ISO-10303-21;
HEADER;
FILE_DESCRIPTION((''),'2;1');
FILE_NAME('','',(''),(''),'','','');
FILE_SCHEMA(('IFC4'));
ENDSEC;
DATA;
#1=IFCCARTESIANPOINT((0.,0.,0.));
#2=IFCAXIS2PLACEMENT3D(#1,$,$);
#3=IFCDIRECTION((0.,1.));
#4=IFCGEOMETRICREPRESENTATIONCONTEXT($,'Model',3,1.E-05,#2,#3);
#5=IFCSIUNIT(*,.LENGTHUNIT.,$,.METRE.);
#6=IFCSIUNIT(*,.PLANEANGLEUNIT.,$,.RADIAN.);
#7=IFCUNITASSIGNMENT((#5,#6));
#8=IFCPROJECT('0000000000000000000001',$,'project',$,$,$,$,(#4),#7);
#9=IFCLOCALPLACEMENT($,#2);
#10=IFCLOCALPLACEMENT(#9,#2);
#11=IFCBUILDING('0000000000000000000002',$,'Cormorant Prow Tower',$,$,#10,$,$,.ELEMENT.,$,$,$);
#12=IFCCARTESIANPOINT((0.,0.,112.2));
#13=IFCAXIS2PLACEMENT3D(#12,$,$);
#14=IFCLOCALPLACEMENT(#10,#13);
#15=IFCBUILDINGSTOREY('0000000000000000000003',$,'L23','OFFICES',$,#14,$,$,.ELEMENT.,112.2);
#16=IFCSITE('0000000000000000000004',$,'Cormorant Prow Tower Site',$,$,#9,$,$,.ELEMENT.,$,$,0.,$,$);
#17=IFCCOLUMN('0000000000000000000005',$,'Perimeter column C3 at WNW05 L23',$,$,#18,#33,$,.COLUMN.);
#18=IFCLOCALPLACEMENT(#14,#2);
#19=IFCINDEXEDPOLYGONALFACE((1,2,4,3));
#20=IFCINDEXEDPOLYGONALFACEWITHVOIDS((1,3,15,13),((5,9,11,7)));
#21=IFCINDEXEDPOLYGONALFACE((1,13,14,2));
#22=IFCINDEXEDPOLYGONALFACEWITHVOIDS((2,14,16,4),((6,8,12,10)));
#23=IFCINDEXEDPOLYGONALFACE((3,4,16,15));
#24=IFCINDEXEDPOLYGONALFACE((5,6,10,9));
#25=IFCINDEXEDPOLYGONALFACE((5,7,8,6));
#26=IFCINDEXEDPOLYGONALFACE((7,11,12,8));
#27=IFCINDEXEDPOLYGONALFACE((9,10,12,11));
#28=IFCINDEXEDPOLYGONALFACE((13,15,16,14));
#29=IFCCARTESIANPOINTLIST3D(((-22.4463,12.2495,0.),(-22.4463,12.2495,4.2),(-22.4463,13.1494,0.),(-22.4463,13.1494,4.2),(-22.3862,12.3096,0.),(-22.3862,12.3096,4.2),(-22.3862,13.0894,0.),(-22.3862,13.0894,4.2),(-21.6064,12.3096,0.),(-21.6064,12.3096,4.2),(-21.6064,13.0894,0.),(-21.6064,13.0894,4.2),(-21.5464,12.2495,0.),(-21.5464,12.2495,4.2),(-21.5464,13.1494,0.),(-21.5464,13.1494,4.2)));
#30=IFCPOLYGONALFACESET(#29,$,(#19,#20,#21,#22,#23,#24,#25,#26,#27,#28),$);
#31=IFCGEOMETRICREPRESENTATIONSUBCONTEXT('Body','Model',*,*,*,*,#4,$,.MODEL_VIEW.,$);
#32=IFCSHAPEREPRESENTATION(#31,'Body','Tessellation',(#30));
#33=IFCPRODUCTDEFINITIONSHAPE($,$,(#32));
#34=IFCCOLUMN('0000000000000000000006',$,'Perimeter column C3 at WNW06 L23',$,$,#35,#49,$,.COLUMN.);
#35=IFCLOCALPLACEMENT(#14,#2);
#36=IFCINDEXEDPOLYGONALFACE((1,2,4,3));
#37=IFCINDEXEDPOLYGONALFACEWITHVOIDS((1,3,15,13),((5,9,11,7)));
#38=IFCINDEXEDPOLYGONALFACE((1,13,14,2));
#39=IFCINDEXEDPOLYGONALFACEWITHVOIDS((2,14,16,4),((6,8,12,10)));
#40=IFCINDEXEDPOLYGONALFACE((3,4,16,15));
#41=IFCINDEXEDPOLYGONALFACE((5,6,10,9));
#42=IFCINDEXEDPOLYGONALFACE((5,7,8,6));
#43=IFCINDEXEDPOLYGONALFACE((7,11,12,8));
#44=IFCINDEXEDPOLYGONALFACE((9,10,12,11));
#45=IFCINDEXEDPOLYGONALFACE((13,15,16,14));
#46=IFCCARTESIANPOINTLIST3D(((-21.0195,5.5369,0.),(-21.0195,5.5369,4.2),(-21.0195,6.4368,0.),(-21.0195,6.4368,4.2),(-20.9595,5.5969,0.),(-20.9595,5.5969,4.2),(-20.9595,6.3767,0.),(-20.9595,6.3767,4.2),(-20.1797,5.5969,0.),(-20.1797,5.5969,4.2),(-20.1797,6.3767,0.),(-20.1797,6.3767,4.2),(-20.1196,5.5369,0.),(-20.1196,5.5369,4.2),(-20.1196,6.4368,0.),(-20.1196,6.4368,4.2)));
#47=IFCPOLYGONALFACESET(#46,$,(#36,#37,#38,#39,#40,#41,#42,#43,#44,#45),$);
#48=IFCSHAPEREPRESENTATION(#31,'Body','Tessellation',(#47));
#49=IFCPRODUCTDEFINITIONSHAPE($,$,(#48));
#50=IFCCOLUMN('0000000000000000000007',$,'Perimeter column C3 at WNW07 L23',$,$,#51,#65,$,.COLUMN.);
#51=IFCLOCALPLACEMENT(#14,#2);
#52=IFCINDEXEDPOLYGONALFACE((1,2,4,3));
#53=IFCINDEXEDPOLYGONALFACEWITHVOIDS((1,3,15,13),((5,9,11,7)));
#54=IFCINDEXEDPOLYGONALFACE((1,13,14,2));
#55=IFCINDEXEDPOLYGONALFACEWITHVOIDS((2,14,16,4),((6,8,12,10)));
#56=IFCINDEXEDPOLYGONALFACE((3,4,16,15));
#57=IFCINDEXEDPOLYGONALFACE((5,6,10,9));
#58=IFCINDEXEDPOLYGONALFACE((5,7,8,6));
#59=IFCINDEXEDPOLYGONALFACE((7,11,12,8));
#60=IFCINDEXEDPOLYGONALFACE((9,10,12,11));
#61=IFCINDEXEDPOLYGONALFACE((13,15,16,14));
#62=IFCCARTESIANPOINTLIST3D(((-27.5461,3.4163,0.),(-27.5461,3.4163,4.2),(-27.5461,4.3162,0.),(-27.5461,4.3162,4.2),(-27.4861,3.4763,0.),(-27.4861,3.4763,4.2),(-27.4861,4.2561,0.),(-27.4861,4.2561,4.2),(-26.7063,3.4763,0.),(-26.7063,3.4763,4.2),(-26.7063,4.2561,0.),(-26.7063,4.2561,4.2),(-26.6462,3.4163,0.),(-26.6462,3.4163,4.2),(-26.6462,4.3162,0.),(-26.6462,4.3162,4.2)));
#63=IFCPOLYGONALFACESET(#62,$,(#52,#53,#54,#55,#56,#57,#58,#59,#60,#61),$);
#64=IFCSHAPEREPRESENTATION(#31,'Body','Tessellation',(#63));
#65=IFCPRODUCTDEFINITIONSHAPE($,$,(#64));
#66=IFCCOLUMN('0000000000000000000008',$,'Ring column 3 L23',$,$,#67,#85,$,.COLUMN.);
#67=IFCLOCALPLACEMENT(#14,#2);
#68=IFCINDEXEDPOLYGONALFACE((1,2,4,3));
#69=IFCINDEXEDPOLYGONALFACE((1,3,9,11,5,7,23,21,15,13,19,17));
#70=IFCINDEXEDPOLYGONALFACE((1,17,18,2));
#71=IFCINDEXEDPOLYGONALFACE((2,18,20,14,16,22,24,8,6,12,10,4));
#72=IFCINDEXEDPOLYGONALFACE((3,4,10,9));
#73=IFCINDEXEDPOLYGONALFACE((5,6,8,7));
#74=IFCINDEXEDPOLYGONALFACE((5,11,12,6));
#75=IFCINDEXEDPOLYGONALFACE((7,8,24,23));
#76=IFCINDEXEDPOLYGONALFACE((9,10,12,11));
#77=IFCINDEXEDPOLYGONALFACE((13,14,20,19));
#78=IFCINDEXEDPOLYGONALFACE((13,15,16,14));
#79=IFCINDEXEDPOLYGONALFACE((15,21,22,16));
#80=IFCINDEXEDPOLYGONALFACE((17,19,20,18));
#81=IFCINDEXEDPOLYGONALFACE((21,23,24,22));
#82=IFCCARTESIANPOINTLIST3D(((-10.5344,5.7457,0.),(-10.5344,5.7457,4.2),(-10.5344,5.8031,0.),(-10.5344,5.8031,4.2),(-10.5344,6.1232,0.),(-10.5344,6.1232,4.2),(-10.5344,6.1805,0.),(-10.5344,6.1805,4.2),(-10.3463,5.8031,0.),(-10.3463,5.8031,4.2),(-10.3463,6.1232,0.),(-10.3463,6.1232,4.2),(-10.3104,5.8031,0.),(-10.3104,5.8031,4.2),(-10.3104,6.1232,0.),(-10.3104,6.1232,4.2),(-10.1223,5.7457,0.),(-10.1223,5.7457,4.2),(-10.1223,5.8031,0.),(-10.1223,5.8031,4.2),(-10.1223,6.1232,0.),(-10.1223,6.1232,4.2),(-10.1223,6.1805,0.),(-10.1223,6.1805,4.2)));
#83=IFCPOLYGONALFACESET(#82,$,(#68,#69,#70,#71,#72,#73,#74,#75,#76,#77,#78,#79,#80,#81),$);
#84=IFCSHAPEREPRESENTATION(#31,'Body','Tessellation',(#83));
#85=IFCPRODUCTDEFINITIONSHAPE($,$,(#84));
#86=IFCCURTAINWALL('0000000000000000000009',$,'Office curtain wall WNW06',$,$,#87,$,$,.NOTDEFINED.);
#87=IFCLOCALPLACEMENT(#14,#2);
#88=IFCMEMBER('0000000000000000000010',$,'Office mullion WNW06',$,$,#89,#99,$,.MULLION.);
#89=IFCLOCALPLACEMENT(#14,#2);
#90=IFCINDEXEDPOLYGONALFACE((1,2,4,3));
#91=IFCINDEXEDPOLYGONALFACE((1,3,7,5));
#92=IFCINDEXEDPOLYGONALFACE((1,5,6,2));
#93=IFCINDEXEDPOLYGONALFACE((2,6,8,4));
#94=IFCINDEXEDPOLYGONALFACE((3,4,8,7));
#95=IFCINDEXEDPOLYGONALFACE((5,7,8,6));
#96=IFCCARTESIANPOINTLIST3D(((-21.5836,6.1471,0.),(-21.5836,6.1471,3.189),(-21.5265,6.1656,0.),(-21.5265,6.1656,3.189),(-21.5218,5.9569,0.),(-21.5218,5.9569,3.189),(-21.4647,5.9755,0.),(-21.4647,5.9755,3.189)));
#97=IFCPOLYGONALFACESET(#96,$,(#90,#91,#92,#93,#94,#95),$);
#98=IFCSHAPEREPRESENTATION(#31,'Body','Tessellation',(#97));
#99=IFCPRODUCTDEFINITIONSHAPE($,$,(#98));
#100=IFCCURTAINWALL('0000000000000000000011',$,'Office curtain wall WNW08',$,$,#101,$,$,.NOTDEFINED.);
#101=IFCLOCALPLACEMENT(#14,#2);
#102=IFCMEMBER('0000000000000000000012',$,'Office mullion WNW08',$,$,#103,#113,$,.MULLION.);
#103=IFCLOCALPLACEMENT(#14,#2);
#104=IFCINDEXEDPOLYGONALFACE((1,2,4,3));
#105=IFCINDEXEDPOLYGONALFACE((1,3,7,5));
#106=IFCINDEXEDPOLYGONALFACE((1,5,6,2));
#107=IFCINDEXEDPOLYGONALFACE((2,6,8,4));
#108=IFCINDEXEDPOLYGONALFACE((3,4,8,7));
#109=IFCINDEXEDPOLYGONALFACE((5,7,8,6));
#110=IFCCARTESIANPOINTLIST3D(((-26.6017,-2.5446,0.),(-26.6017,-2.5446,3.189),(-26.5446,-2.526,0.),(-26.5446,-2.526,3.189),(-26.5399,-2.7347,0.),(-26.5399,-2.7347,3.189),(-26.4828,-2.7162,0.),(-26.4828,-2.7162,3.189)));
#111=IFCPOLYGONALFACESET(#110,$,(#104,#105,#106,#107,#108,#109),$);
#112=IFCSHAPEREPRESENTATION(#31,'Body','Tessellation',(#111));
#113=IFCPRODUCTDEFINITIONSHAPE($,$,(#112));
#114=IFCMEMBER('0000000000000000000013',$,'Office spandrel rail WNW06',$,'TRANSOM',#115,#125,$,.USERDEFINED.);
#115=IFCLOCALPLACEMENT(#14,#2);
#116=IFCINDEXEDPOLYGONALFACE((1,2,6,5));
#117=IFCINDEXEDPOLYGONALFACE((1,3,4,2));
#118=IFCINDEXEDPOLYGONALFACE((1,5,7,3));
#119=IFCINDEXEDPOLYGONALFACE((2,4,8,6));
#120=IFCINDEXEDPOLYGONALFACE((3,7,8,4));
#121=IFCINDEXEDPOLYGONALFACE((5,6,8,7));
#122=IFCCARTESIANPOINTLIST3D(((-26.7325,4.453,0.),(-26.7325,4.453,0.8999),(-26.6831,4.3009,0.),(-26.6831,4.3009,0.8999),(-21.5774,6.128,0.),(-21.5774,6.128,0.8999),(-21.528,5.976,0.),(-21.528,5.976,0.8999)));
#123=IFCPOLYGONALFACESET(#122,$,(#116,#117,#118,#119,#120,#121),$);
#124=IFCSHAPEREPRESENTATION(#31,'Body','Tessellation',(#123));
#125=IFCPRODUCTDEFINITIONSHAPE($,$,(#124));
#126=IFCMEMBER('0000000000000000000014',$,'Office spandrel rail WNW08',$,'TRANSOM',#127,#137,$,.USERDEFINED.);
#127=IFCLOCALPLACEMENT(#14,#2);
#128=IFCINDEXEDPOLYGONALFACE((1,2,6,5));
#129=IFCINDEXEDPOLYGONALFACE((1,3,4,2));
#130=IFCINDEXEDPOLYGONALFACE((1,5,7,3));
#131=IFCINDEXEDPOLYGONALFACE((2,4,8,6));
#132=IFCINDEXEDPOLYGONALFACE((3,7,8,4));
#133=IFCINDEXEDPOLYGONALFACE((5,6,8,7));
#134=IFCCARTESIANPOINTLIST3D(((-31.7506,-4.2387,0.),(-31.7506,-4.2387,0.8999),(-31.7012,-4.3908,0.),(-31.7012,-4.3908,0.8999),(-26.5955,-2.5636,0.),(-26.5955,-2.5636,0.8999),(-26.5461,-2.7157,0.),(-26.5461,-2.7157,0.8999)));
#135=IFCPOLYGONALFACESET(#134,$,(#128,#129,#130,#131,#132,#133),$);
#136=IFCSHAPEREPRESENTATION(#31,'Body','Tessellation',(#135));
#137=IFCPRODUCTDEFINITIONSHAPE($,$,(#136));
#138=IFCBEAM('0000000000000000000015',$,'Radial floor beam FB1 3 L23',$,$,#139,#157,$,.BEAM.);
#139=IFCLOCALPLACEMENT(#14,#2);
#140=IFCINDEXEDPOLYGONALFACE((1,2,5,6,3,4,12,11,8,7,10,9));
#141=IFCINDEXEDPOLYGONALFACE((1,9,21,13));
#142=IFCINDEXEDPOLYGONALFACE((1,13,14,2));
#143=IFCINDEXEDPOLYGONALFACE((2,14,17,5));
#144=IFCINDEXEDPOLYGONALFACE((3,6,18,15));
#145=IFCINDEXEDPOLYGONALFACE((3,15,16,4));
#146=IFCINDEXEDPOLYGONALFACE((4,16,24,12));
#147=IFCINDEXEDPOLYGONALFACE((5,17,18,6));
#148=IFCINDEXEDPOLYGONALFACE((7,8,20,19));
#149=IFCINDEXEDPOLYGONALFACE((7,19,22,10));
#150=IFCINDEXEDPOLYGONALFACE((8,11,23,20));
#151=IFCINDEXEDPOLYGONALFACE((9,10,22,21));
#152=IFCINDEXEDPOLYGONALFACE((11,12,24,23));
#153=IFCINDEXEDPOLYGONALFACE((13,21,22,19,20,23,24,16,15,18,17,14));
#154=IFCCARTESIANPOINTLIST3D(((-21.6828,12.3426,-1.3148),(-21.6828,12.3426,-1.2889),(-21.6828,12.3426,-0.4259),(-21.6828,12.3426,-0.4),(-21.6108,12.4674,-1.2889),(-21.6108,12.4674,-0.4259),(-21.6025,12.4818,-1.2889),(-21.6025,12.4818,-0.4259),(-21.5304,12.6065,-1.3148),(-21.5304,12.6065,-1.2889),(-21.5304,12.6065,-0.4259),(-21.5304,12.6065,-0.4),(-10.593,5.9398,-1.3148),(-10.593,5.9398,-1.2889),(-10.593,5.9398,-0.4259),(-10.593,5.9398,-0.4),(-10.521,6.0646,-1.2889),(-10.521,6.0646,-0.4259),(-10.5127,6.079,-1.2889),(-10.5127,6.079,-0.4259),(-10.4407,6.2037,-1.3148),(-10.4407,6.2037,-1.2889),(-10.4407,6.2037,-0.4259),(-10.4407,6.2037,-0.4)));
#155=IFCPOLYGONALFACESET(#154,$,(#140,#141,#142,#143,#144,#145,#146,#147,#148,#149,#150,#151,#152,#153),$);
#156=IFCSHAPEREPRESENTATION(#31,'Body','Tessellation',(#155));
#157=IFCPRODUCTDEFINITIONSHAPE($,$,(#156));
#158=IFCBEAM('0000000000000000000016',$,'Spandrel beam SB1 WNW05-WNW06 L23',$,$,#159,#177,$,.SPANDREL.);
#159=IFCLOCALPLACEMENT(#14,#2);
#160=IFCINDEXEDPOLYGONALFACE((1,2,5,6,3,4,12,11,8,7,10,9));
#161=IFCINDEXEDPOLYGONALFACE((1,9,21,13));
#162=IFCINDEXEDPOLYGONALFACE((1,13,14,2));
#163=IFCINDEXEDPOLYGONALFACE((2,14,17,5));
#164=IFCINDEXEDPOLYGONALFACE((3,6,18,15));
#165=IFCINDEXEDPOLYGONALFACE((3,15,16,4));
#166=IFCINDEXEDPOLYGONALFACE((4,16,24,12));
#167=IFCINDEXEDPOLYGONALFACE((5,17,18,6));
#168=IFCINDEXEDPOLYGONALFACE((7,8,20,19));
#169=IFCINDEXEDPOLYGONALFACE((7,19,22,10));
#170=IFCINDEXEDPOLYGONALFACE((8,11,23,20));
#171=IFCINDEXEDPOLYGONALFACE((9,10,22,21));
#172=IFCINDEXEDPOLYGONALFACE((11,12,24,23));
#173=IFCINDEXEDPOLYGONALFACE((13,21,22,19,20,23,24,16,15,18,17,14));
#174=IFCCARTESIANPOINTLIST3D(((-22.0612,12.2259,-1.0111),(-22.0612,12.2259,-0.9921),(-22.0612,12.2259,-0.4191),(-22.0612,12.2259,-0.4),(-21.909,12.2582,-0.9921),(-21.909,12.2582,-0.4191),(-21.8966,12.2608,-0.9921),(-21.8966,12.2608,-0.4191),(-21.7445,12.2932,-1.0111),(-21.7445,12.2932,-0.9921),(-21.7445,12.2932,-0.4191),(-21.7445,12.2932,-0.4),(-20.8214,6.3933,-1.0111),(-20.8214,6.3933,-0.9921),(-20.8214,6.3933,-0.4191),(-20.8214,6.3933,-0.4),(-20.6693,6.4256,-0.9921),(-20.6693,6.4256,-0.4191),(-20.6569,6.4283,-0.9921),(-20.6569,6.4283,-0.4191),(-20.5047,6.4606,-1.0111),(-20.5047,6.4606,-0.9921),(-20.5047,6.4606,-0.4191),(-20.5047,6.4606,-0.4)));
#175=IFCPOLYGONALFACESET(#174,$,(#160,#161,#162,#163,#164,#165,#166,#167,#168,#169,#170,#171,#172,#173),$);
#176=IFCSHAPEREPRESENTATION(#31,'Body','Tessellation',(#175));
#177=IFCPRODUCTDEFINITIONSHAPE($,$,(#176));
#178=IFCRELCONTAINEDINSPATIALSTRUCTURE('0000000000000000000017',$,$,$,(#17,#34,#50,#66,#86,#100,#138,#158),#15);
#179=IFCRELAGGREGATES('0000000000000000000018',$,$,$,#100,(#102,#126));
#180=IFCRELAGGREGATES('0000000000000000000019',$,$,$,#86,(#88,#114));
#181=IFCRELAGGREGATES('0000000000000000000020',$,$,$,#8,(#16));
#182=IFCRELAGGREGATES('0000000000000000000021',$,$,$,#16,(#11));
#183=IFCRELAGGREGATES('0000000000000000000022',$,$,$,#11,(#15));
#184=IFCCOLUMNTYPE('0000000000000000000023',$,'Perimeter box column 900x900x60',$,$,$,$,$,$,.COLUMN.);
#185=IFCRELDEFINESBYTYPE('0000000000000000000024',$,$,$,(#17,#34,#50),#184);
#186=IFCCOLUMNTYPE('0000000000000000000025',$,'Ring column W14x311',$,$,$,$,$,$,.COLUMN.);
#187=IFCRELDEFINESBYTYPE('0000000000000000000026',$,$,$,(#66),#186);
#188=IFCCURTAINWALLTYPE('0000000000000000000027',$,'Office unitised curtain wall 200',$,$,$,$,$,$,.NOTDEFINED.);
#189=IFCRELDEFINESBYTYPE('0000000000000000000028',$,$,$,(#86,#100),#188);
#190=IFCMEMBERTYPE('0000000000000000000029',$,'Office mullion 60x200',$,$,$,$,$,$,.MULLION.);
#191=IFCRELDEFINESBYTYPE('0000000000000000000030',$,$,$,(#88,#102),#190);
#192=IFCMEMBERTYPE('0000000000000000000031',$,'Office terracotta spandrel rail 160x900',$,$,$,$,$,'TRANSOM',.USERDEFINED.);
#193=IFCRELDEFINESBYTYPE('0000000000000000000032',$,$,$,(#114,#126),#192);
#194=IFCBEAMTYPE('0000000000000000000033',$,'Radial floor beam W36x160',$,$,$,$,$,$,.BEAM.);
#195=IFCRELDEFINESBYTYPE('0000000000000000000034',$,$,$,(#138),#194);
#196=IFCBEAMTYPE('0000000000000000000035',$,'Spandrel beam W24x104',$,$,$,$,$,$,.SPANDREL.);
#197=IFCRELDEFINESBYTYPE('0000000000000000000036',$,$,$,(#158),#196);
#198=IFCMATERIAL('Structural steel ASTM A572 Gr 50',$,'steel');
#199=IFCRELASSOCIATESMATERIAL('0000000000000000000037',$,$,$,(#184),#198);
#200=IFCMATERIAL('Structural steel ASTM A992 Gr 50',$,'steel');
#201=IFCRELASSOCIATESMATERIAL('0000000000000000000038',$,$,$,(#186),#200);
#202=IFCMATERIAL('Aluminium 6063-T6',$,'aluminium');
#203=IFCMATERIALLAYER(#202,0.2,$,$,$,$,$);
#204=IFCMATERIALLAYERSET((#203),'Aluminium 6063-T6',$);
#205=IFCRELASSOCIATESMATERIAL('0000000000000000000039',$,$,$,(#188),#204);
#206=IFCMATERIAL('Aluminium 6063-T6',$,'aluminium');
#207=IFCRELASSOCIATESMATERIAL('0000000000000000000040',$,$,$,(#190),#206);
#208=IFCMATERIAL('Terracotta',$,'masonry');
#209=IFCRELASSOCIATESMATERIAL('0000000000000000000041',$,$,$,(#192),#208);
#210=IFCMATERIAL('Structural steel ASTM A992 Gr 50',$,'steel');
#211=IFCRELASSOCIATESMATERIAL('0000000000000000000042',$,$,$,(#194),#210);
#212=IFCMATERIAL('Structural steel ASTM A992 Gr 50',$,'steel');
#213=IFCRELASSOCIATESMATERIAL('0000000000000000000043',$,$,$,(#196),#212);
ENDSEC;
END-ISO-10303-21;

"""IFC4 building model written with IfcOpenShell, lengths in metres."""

from ifc_helpers import new_model, si_unit, direction, frame, origin, origin_2d, place, context, subcontext, project, spatial, rectangle, hollow_rectangle, i_section, extrude, material, layer, layer_set, material_profile, profile_set, type_object, element, aggregate, save


model = new_model("IFC4")

# Units and contexts
model_context = context("Model", 3, precision=1e-05, world=origin(), true_north=direction((0.0, 1.0)))
body_context = subcontext(model_context, "Body", "Model", "MODEL_VIEW")
ifc_project = project(units=[si_unit("LENGTHUNIT", "METRE"), si_unit("PLANEANGLEUNIT", "RADIAN")], contexts=[model_context])

# Site, building, storey
site_placement = place(None, origin())
site = spatial("IfcSite", under=ifc_project, at=site_placement, Name="Cormorant Prow Tower Site", CompositionType="ELEMENT", RefElevation=0.0)
building_placement = place(site_placement, origin())
building = spatial("IfcBuilding", under=site, at=building_placement, Name="Cormorant Prow Tower", CompositionType="ELEMENT")
storey_placement = place(building_placement, frame((0.0, 0.0, 112.2)))
storey = spatial("IfcBuildingStorey", under=building, at=storey_placement, Name="L23", Description="OFFICES", CompositionType="ELEMENT", Elevation=112.2)

# Columns
ifc_material_1 = material(Name="Structural steel ASTM A572 Gr 50", Category="steel")
ifc_material_profile_1 = material_profile(ifc_material_1, hollow_rectangle(XDim=0.8999, YDim=0.8999, WallThickness=0.0601, at=origin_2d()), Name="Box 900x900x60")
ifc_profile_set_1 = profile_set([ifc_material_profile_1], Name="Structural steel ASTM A572 Gr 50")
column_type_1 = type_object("IfcColumnType", Name="Perimeter box column 900x900x60", PredefinedType="COLUMN", material=ifc_profile_set_1)
for number, where, z_axis, x_axis, name in (
    (1, (-21.9963, 12.6995, 0.0), (0.0, 0.0, 1.0), (1.0, 0.0, 0.0), "Perimeter column C3 at WNW05 L23"),
    (2, (-20.5696, 5.9868, 0.0), (0.0, 0.0, 1.0), (1.0, 0.0, 0.0), "Perimeter column C3 at WNW06 L23"),
    (3, (-27.0962, 3.8662, 0.0), (0.0, 0.0, 1.0), (1.0, 0.0, 0.0), "Perimeter column C3 at WNW07 L23"),
):
    element("IfcColumn", number, at=place(storey_placement, frame(where, z_axis=z_axis, x_axis=x_axis)), inside=storey, type_object=column_type_1, Name=name, PredefinedType="COLUMN", context=body_context, shape_type="SweptSolid", body=[
        extrude(hollow_rectangle(XDim=0.8999, YDim=0.8999, WallThickness=0.0601, at=origin_2d()), origin(), (0.0, 0.0, 1.0), 4.2),
    ])
ifc_material_2 = material(Name="Structural steel ASTM A992 Gr 50", Category="steel")
ifc_material_profile_2 = material_profile(ifc_material_2, i_section(OverallWidth=0.4121, OverallDepth=0.4348, WebThickness=0.0359, FlangeThickness=0.0574, at=origin_2d()), Name="W14x311")
ifc_profile_set_2 = profile_set([ifc_material_profile_2], Name="Structural steel ASTM A992 Gr 50")
column_type_2 = type_object("IfcColumnType", Name="Ring column W14x311", PredefinedType="COLUMN", material=ifc_profile_set_2)
column_placement = place(storey_placement, frame((-10.3284, 5.9631, 0.0), z_axis=(0.0, 0.0, 1.0), x_axis=(1.0, 0.0, 0.0)))
element("IfcColumn", 4, at=column_placement, inside=storey, type_object=column_type_2, Name="Ring column 3 L23", PredefinedType="COLUMN", context=body_context, shape_type="SweptSolid", body=[
    extrude(i_section(OverallWidth=0.4121, OverallDepth=0.4348, WebThickness=0.0359, FlangeThickness=0.0574, at=origin_2d()), origin(), (0.0, 0.0, 1.0), 4.2),
])

# Curtain walls, members
ifc_material_3 = material(Name="Aluminium 6063-T6", Category="aluminium")
ifc_layer_1 = layer(ifc_material_3, 0.2)
ifc_layer_set_1 = layer_set([ifc_layer_1], Name="Aluminium 6063-T6")
curtain_wall_type = type_object("IfcCurtainWallType", Name="Office unitised curtain wall 200", PredefinedType="NOTDEFINED", material=ifc_layer_set_1)
curtain_wall_1_placement = place(storey_placement, origin())
curtain_wall_1 = element("IfcCurtainWall", 5, at=curtain_wall_1_placement, inside=storey, type_object=curtain_wall_type, Name="Office curtain wall WNW06", PredefinedType="NOTDEFINED")
ifc_material_4 = material(Name="Aluminium 6063-T6", Category="aluminium")
ifc_material_profile_3 = material_profile(ifc_material_4, rectangle(XDim=0.2, YDim=0.0601, at=origin_2d()), Name="Office mullion 60x200")
ifc_profile_set_3 = profile_set([ifc_material_profile_3], Name="Aluminium 6063-T6")
member_type_1 = type_object("IfcMemberType", Name="Office mullion 60x200", PredefinedType="MULLION", material=ifc_profile_set_3)
member_1_placement = place(storey_placement, frame((-21.5242, 6.0613, 0.0), z_axis=(0.0, 0.0, 1.0), x_axis=(0.309017, -0.951057, 0.0)))
member_1 = element("IfcMember", 6, at=member_1_placement, type_object=member_type_1, Name="Office mullion WNW06", PredefinedType="MULLION", context=body_context, shape_type="SweptSolid", body=[
    extrude(rectangle(XDim=0.2, YDim=0.0601, at=origin_2d()), origin(), (0.0, 0.0, 1.0), 3.189),
])
curtain_wall_2_placement = place(storey_placement, origin())
curtain_wall_2 = element("IfcCurtainWall", 7, at=curtain_wall_2_placement, inside=storey, type_object=curtain_wall_type, Name="Office curtain wall WNW08", PredefinedType="NOTDEFINED")
member_2_placement = place(storey_placement, frame((-26.5422, -2.6304, 0.0), z_axis=(0.0, 0.0, 1.0), x_axis=(0.309017, -0.951057, 0.0)))
member_2 = element("IfcMember", 8, at=member_2_placement, type_object=member_type_1, Name="Office mullion WNW08", PredefinedType="MULLION", context=body_context, shape_type="SweptSolid", body=[
    extrude(rectangle(XDim=0.2, YDim=0.0601, at=origin_2d()), origin(), (0.0, 0.0, 1.0), 3.189),
])

# Members
ifc_material_5 = material(Name="Terracotta", Category="masonry")
ifc_material_profile_4 = material_profile(ifc_material_5, rectangle(XDim=0.1599, YDim=0.8999, at=origin_2d()), Name="Office terracotta spandrel rail 160x900")
ifc_profile_set_4 = profile_set([ifc_material_profile_4], Name="Terracotta")
member_type_2 = type_object("IfcMemberType", Name="Office terracotta spandrel rail 160x900", ElementType="TRANSOM", PredefinedType="USERDEFINED", material=ifc_profile_set_4)
member_3_placement = place(storey_placement, frame((-21.5527, 6.052, 0.45), z_axis=(-0.951052, -0.30903, 0.0), x_axis=(0.30903, -0.951052, 0.0)))
member_3 = element("IfcMember", 9, at=member_3_placement, type_object=member_type_2, Name="Office spandrel rail WNW06", ObjectType="TRANSOM", PredefinedType="USERDEFINED", context=body_context, shape_type="SweptSolid", body=[
    extrude(rectangle(XDim=0.1599, YDim=0.8999, at=origin_2d()), origin(), (0.0, 0.0, 1.0), 5.4204),
])
member_4_placement = place(storey_placement, frame((-26.5708, -2.6396, 0.45), z_axis=(-0.951052, -0.30903, 0.0), x_axis=(0.30903, -0.951052, 0.0)))
member_4 = element("IfcMember", 10, at=member_4_placement, type_object=member_type_2, Name="Office spandrel rail WNW08", ObjectType="TRANSOM", PredefinedType="USERDEFINED", context=body_context, shape_type="SweptSolid", body=[
    extrude(rectangle(XDim=0.1599, YDim=0.8999, at=origin_2d()), origin(), (0.0, 0.0, 1.0), 5.4204),
])
aggregate(curtain_wall_2, [member_2, member_4])

# Beams
ifc_material_6 = material(Name="Structural steel ASTM A992 Gr 50", Category="steel")
ifc_material_profile_5 = material_profile(ifc_material_6, i_section(OverallWidth=0.3047, OverallDepth=0.9148, WebThickness=0.0166, FlangeThickness=0.0259, at=origin_2d()), Name="W36x160")
ifc_profile_set_5 = profile_set([ifc_material_profile_5], Name="Structural steel ASTM A992 Gr 50")
beam_type_1 = type_object("IfcBeamType", Name="Radial floor beam W36x160", PredefinedType="BEAM", material=ifc_profile_set_5)
beam_1_placement = place(storey_placement, frame((-10.5168, 6.0718, -0.8574), z_axis=(-0.866022, 0.500006, 0.0), x_axis=(-0.500006, -0.866022, 0.0)))
element("IfcBeam", 11, at=beam_1_placement, inside=storey, type_object=beam_type_1, Name="Radial floor beam FB1 3 L23", PredefinedType="BEAM", context=body_context, shape_type="SweptSolid", body=[
    extrude(i_section(OverallWidth=0.3047, OverallDepth=0.9148, WebThickness=0.0166, FlangeThickness=0.0259, at=origin_2d()), origin(), (0.0, 0.0, 1.0), 12.8054),
])
ifc_material_7 = material(Name="Structural steel ASTM A992 Gr 50", Category="steel")
ifc_material_profile_6 = material_profile(ifc_material_7, i_section(OverallWidth=0.3237, OverallDepth=0.6111, WebThickness=0.0127, FlangeThickness=0.019, at=origin_2d()), Name="W24x104")
ifc_profile_set_6 = profile_set([ifc_material_profile_6], Name="Structural steel ASTM A992 Gr 50")
beam_type_2 = type_object("IfcBeamType", Name="Spandrel beam W24x104", PredefinedType="SPANDREL", material=ifc_profile_set_6)
beam_2_placement = place(storey_placement, frame((-21.9028, 12.2595, -0.7056), z_axis=(0.207913, -0.978147, 0.0), x_axis=(0.978147, 0.207913, 0.0)))
element("IfcBeam", 12, at=beam_2_placement, inside=storey, type_object=beam_type_2, Name="Spandrel beam SB1 WNW05-WNW06 L23", PredefinedType="SPANDREL", context=body_context, shape_type="SweptSolid", body=[
    extrude(i_section(OverallWidth=0.3237, OverallDepth=0.6111, WebThickness=0.0127, FlangeThickness=0.019, at=origin_2d()), origin(), (0.0, 0.0, 1.0), 5.9629),
])

aggregate(curtain_wall_1, [member_1, member_3])

save(model, "model.ifc")
